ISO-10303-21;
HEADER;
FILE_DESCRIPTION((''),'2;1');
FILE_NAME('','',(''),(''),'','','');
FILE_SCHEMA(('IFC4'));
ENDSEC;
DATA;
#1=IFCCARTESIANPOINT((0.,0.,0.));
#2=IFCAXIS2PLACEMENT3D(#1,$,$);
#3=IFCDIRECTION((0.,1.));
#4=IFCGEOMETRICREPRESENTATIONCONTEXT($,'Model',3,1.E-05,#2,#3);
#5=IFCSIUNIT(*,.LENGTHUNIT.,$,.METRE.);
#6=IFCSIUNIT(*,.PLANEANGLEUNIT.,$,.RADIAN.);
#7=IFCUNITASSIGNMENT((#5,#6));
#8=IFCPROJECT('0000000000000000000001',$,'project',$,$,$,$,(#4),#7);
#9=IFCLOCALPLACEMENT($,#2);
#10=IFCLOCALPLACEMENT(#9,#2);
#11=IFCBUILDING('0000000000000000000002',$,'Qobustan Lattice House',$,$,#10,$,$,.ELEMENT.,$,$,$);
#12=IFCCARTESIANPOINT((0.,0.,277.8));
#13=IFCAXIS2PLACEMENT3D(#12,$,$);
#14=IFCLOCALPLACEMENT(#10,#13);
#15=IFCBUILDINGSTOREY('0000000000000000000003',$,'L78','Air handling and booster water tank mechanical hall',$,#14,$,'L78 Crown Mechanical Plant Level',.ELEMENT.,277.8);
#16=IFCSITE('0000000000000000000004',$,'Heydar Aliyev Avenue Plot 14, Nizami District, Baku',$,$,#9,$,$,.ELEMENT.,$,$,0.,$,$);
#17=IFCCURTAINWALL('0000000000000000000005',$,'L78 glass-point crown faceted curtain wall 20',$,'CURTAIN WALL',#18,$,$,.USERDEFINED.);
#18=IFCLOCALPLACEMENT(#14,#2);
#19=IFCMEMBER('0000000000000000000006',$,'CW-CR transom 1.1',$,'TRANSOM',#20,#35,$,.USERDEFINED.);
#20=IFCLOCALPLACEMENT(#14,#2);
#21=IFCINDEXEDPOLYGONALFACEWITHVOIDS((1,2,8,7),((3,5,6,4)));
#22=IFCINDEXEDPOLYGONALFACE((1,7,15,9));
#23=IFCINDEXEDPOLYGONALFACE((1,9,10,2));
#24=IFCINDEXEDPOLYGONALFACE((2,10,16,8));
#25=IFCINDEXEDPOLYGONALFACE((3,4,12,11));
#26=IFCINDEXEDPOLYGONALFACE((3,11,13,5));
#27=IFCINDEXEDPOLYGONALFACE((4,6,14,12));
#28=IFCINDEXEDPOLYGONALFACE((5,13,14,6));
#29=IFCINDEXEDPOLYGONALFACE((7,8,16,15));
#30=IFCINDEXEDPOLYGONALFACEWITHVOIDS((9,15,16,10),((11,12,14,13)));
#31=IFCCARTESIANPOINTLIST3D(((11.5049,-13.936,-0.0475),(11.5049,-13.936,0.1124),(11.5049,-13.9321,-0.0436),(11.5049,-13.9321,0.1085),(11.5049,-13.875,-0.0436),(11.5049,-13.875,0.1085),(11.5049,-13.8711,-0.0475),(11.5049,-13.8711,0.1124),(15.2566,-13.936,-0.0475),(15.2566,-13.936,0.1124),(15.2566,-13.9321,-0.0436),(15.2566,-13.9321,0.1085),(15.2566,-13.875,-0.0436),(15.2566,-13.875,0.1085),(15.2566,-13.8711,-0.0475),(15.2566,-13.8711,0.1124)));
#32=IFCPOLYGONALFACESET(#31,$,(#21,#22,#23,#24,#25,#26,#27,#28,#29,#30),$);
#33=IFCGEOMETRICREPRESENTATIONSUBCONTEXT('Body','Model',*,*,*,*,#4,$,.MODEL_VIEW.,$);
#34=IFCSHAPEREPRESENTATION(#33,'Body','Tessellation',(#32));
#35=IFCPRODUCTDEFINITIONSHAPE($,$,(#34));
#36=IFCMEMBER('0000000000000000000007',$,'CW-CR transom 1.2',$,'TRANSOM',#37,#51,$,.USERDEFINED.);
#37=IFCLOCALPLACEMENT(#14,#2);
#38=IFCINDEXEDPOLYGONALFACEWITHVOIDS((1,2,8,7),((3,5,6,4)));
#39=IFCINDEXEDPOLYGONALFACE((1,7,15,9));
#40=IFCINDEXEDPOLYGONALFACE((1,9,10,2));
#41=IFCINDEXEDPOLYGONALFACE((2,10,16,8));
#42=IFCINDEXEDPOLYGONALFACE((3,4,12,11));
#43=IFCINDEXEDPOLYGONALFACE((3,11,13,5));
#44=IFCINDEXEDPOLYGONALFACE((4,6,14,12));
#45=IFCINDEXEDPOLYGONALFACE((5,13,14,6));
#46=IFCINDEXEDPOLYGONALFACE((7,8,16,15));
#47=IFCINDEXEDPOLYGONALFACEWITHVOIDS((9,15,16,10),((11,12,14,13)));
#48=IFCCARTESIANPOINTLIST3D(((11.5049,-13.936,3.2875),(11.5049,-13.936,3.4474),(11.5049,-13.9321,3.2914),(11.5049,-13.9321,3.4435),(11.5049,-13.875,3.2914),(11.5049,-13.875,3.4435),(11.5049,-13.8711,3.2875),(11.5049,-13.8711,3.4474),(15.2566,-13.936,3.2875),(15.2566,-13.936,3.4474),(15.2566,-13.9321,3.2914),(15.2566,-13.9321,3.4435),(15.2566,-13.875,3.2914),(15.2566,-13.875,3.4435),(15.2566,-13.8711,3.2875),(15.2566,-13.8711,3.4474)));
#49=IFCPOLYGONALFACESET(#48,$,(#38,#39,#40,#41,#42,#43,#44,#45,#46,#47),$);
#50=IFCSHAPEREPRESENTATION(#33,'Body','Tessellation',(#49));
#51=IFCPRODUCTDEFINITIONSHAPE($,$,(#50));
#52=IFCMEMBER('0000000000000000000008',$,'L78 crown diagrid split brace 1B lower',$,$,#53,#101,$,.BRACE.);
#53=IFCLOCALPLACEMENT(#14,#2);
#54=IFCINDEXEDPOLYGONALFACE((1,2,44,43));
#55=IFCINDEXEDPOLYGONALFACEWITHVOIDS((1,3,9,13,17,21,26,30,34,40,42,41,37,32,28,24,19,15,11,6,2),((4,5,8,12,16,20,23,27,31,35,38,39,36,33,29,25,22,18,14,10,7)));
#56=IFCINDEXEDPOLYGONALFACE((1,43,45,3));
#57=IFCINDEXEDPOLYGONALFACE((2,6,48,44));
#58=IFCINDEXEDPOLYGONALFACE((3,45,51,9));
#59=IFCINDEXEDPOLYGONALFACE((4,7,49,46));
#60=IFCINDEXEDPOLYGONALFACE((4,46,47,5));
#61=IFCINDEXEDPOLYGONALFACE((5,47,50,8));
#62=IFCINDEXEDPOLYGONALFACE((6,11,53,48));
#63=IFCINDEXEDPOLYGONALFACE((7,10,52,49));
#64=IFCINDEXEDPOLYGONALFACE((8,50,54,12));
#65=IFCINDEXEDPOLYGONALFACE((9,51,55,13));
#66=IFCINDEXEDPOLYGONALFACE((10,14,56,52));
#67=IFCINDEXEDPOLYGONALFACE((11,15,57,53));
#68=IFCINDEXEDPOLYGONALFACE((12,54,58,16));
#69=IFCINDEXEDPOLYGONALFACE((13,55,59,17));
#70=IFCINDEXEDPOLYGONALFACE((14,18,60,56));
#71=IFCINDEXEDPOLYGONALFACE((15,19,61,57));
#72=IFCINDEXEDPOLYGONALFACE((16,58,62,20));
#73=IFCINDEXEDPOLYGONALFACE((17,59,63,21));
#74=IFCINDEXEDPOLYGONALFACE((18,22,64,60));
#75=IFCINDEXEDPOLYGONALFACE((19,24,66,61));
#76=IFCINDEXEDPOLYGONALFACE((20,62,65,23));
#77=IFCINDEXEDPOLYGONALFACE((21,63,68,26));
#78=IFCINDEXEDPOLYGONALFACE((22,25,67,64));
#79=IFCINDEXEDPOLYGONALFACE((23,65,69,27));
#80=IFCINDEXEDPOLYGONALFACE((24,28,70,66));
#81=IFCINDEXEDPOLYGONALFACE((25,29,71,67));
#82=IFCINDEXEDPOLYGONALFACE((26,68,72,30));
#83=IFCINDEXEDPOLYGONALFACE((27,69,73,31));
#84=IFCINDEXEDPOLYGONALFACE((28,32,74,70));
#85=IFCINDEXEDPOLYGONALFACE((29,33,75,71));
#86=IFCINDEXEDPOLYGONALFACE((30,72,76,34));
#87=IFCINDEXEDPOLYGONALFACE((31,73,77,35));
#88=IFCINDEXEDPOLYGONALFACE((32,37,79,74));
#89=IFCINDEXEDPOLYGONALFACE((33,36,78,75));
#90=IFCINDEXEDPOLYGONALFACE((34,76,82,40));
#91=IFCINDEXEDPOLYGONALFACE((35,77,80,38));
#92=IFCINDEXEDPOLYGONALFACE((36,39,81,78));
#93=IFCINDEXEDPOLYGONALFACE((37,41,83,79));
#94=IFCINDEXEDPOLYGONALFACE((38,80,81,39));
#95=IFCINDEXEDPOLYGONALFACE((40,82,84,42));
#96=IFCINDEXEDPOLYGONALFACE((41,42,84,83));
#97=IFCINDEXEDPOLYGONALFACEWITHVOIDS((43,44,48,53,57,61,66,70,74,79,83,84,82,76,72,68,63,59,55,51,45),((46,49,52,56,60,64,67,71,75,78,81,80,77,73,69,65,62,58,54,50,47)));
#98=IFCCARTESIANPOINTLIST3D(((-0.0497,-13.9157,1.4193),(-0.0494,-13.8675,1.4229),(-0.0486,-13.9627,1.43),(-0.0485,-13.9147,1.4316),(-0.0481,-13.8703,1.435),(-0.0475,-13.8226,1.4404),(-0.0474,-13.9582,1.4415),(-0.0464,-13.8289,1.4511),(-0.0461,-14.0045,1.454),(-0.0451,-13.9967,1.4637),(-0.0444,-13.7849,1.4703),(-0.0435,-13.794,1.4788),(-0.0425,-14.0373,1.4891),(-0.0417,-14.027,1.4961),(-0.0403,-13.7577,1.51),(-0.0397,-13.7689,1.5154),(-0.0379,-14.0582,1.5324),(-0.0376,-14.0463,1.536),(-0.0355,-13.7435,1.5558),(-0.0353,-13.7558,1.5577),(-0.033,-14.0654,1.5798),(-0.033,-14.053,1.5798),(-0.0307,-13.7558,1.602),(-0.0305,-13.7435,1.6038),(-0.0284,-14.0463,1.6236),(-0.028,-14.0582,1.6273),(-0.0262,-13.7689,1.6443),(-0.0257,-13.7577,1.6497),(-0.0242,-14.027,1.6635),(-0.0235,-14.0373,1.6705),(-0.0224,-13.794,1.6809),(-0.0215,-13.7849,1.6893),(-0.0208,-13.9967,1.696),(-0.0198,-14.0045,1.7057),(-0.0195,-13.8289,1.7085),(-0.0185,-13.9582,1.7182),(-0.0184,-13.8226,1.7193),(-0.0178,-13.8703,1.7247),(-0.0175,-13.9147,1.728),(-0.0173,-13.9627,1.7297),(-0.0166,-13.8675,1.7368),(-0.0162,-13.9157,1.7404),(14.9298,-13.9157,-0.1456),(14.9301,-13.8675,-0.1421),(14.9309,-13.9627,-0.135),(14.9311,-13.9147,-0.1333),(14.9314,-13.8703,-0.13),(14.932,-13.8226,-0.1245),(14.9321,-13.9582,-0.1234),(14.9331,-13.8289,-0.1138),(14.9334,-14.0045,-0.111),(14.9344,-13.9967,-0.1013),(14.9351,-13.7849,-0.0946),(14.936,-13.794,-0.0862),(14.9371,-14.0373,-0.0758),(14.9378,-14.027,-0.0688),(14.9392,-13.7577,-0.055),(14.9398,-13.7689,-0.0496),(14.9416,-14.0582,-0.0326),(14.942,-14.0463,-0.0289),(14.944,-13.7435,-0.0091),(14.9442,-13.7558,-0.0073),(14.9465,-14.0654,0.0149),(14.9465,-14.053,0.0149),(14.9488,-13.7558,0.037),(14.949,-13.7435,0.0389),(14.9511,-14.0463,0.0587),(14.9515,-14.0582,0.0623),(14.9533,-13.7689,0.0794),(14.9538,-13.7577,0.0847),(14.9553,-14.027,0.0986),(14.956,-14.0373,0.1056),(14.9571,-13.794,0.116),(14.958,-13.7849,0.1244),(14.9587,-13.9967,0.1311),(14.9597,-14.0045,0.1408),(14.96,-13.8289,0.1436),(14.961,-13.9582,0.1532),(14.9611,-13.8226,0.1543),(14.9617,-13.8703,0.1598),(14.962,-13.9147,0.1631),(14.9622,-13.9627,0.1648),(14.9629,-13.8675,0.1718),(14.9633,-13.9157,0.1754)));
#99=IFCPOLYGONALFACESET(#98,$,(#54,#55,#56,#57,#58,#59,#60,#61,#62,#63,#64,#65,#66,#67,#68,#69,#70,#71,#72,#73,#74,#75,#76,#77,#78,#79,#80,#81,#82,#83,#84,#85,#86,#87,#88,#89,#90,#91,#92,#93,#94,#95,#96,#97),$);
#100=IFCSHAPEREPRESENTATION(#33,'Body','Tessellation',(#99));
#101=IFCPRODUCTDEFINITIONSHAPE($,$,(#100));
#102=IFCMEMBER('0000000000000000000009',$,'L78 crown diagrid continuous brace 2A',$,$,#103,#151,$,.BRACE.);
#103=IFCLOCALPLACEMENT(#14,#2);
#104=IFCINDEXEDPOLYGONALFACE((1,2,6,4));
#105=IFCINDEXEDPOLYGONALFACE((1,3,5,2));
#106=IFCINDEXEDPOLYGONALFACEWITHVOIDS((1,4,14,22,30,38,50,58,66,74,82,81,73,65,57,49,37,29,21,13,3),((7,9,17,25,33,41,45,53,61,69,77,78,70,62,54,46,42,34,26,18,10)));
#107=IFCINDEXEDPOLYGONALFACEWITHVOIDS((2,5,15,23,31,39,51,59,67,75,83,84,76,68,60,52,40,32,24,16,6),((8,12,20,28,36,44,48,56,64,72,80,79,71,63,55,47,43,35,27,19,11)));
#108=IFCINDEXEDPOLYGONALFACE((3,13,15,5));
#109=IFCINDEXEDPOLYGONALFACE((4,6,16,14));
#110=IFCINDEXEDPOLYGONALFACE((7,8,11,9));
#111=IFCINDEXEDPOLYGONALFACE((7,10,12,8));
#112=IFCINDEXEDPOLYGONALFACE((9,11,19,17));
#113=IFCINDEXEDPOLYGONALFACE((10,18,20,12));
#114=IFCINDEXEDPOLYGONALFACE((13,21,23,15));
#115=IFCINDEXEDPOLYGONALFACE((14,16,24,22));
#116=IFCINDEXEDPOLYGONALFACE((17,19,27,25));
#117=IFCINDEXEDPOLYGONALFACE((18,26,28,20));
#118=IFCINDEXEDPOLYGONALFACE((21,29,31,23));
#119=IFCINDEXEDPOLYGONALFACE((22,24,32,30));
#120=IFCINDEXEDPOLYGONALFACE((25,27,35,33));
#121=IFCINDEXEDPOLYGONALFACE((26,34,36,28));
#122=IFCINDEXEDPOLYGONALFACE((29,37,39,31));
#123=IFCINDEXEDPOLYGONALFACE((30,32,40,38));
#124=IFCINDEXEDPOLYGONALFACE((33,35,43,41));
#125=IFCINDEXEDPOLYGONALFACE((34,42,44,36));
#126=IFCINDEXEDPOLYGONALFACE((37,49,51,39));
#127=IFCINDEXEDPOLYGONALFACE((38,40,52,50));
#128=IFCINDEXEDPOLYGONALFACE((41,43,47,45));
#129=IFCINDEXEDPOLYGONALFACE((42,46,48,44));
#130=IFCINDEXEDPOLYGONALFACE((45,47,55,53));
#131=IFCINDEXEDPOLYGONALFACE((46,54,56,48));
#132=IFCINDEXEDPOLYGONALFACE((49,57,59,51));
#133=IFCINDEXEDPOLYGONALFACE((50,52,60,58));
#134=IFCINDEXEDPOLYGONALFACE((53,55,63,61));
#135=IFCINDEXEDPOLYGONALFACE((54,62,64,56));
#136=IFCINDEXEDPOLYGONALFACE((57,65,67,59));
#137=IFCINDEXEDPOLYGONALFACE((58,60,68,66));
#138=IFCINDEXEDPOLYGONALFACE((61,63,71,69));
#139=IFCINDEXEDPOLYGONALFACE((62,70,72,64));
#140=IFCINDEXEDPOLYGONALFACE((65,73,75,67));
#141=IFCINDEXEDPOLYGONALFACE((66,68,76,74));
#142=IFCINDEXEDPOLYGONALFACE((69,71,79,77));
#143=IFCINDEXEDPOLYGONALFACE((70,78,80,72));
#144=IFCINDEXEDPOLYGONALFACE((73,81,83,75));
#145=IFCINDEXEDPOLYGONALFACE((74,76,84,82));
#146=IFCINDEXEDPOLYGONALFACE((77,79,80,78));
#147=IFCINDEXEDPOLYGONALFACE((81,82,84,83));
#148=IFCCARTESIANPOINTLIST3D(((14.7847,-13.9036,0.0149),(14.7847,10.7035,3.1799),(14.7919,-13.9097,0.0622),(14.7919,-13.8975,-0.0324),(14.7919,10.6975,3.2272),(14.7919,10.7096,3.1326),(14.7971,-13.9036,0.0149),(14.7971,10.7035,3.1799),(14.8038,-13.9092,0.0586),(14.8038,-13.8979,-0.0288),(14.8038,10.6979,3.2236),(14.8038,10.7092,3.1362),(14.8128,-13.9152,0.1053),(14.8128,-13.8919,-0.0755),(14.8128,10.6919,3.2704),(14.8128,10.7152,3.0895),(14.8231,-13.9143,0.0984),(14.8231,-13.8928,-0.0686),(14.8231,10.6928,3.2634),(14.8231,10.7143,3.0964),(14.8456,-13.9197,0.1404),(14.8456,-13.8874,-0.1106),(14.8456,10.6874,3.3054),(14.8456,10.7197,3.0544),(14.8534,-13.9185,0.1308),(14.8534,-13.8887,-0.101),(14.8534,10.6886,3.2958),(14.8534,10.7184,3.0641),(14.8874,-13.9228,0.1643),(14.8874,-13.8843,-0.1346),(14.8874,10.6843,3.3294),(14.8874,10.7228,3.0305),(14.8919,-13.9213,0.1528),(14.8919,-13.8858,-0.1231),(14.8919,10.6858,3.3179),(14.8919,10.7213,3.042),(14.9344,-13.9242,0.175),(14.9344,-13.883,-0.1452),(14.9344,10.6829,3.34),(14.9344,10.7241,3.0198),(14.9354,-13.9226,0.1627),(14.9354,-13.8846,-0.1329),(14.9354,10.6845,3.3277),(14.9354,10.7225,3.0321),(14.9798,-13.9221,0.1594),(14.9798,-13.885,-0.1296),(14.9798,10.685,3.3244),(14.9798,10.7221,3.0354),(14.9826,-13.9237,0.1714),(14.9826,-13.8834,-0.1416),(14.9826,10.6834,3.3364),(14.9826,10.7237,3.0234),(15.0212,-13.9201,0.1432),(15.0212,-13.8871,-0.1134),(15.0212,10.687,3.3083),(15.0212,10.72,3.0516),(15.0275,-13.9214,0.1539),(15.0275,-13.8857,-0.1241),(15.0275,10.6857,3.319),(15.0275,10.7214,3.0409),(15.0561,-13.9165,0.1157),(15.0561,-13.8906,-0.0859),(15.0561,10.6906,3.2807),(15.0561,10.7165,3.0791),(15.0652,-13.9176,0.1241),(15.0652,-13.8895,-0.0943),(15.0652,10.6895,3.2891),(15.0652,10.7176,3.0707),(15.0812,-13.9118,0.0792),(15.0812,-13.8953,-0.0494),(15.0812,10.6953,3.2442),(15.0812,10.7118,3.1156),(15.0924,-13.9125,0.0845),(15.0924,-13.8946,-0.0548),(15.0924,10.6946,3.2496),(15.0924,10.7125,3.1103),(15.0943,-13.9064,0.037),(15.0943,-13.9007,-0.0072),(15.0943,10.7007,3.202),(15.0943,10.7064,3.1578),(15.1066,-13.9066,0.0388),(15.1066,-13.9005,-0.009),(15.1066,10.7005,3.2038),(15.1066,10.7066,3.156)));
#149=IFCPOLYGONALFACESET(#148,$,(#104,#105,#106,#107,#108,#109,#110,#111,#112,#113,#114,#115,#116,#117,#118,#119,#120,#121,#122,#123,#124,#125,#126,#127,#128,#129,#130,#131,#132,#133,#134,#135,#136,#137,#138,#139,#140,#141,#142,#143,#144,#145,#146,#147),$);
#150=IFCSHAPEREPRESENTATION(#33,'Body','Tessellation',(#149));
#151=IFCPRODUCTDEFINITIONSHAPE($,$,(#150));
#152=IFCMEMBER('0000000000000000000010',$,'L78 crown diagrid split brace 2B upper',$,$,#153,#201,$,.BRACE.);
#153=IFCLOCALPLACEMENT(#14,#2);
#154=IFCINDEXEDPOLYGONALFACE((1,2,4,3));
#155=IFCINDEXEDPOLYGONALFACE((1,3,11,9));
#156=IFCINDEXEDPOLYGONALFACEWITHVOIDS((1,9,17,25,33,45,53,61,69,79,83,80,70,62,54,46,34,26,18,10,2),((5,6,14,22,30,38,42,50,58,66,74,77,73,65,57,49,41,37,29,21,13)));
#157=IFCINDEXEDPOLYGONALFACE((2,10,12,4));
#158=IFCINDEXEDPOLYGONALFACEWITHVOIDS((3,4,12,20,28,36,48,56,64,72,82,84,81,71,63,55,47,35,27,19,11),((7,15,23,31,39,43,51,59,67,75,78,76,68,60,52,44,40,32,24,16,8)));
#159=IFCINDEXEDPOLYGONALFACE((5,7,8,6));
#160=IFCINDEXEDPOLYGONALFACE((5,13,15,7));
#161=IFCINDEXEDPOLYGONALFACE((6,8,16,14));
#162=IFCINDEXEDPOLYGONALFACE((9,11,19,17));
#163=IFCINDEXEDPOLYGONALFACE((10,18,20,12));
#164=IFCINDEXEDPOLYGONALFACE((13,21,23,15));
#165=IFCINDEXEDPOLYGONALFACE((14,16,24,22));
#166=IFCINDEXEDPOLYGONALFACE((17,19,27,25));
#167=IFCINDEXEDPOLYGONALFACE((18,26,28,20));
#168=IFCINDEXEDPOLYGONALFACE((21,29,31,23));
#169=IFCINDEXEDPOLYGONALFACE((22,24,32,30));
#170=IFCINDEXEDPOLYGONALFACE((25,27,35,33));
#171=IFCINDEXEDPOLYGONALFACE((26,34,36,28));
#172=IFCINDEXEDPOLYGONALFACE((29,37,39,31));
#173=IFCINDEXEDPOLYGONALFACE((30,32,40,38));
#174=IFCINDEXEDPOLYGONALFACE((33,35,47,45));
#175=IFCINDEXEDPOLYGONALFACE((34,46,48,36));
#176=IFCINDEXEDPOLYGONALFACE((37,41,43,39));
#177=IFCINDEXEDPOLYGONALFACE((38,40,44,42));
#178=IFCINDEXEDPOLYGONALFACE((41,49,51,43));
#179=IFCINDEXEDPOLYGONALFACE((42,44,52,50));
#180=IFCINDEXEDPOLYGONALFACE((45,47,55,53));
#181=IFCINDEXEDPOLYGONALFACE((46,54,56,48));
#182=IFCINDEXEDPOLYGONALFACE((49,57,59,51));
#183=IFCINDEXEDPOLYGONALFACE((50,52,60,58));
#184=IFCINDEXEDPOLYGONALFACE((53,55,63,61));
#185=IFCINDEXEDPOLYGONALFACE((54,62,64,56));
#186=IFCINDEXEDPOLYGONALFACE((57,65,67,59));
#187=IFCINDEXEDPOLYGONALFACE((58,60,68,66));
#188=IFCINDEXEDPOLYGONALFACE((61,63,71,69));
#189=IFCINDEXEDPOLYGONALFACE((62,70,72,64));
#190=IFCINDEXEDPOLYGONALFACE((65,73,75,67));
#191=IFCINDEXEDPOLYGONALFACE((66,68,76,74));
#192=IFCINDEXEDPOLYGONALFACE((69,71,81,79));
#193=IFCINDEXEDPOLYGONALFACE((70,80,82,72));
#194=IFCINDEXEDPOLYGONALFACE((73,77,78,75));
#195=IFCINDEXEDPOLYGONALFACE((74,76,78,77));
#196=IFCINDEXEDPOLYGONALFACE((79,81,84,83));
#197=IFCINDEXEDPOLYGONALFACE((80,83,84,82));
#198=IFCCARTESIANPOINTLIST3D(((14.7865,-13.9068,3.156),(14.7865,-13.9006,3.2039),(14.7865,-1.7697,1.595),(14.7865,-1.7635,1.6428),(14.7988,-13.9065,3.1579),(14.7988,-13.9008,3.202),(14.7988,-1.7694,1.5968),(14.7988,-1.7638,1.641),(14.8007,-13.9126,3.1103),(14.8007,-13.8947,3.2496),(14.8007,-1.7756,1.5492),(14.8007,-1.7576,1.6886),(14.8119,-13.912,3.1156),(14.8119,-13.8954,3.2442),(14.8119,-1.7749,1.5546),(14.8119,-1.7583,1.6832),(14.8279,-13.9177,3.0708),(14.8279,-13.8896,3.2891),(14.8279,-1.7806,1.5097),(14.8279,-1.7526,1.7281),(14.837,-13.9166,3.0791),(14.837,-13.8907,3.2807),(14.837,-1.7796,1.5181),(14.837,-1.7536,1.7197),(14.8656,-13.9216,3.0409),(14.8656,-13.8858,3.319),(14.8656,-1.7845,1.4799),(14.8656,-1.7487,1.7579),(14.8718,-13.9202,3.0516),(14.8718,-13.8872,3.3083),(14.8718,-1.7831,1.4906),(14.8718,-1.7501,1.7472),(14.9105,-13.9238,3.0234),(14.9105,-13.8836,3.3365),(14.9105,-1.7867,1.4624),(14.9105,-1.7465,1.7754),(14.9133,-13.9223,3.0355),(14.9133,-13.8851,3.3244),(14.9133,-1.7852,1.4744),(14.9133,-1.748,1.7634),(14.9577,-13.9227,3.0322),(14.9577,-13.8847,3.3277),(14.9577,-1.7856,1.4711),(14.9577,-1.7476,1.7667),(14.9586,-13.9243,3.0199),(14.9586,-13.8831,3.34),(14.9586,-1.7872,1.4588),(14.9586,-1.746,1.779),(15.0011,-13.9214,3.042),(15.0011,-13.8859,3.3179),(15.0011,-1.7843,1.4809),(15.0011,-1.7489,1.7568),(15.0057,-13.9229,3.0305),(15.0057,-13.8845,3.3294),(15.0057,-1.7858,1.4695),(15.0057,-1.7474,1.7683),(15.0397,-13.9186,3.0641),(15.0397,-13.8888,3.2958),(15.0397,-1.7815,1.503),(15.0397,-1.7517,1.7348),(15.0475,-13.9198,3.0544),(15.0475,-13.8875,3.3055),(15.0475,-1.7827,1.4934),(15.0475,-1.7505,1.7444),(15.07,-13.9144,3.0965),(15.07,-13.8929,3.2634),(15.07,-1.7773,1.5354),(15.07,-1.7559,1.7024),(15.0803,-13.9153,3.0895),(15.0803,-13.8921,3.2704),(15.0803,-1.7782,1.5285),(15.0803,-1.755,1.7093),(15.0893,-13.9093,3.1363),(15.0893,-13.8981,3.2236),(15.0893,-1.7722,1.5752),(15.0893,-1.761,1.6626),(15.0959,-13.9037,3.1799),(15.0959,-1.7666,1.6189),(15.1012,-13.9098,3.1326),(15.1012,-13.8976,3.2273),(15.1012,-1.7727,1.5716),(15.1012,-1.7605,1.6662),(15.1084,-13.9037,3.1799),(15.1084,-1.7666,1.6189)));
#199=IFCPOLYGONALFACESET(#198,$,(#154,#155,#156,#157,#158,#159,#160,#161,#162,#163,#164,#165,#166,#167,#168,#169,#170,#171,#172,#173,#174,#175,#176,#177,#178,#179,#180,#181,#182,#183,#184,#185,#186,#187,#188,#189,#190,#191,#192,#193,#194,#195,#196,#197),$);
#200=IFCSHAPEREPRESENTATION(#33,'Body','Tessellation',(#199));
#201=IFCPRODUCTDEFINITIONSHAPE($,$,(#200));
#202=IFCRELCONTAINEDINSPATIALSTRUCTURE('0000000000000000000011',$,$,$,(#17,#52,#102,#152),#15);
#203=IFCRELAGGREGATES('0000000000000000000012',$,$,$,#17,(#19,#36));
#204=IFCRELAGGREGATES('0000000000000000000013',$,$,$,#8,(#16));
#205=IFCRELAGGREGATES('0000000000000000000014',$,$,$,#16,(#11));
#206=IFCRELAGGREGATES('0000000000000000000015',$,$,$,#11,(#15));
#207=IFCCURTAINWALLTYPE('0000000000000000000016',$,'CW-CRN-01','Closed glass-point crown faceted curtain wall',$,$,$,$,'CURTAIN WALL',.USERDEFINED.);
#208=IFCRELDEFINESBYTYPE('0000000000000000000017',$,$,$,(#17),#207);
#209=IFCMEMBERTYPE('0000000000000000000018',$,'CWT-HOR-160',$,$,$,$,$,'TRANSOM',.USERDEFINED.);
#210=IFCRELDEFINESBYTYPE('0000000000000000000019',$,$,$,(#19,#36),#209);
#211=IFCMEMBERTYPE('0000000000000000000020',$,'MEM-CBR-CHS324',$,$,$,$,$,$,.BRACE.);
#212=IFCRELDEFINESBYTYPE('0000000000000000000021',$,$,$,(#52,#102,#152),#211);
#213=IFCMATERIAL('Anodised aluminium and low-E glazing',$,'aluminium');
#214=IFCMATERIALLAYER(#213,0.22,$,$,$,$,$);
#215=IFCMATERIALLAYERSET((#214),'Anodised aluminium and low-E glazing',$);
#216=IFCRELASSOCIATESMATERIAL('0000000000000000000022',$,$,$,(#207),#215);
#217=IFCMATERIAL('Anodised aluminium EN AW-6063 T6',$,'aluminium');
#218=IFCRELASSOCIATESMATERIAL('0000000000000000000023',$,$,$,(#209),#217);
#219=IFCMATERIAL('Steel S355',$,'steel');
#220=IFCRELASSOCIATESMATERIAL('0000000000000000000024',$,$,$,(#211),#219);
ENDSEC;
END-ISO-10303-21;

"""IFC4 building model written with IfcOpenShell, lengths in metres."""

from ifc_helpers import new_model, si_unit, direction, frame, origin, origin_2d, place, context, subcontext, project, spatial, hollow_rectangle, hollow_circle, extrude, material, layer, layer_set, material_profile, profile_set, type_object, element, aggregate, save


model = new_model("IFC4")

# Units and contexts
model_context = context("Model", 3, precision=1e-05, world=origin(), true_north=direction((0.0, 1.0)))
body_context = subcontext(model_context, "Body", "Model", "MODEL_VIEW")
ifc_project = project(units=[si_unit("LENGTHUNIT", "METRE"), si_unit("PLANEANGLEUNIT", "RADIAN")], contexts=[model_context])

# Site, building, storey
site_placement = place(None, origin())
site = spatial("IfcSite", under=ifc_project, at=site_placement, Name="Heydar Aliyev Avenue Plot 14, Nizami District, Baku", CompositionType="ELEMENT", RefElevation=0.0)
building_placement = place(site_placement, origin())
building = spatial("IfcBuilding", under=site, at=building_placement, Name="Qobustan Lattice House", CompositionType="ELEMENT")
storey_placement = place(building_placement, frame((0.0, 0.0, 277.8)))
storey = spatial("IfcBuildingStorey", under=building, at=storey_placement, Name="L78", Description="Air handling and booster water tank mechanical hall", LongName="L78 Crown Mechanical Plant Level", CompositionType="ELEMENT", Elevation=277.8)

# Shared definitions
ifc_material_1 = material(Name="Anodised aluminium and low-E glazing", Category="aluminium")
ifc_layer_1 = layer(ifc_material_1, 0.22)
ifc_layer_set_1 = layer_set([ifc_layer_1], Name="Anodised aluminium and low-E glazing")
curtain_wall_type = type_object("IfcCurtainWallType", Name="CW-CRN-01", Description="Closed glass-point crown faceted curtain wall", ElementType="CURTAIN WALL", PredefinedType="USERDEFINED", material=ifc_layer_set_1)

# Curtain wall
curtain_wall_1_placement = place(storey_placement, origin())
curtain_wall_1 = element("IfcCurtainWall", 1, at=curtain_wall_1_placement, inside=storey, type_object=curtain_wall_type, Name="L78 glass-point crown faceted curtain wall 20", ObjectType="CURTAIN WALL", PredefinedType="USERDEFINED")

# Members
ifc_material_2 = material(Name="Anodised aluminium EN AW-6063 T6", Category="aluminium")
ifc_material_profile_1 = material_profile(ifc_material_2, hollow_rectangle(XDim=0.0649, YDim=0.1599, WallThickness=0.0039, at=origin_2d()), Name="CWT-160x65")
ifc_profile_set_1 = profile_set([ifc_material_profile_1], Name="Anodised aluminium EN AW-6063 T6")
member_type_1 = type_object("IfcMemberType", Name="CWT-HOR-160", ElementType="TRANSOM", PredefinedType="USERDEFINED", material=ifc_profile_set_1)
member_1_placement = place(storey_placement, frame((15.2566, -13.9036, 0.0325), z_axis=(-1.0, 0.0, 0.0), x_axis=(0.0, -1.0, 0.0)))
member_1 = element("IfcMember", 2, at=member_1_placement, type_object=member_type_1, Name="CW-CR transom 1.1", ObjectType="TRANSOM", PredefinedType="USERDEFINED", context=body_context, shape_type="SweptSolid", body=[
    extrude(hollow_rectangle(XDim=0.0649, YDim=0.1599, WallThickness=0.0039, at=origin_2d()), origin(), (0.0, 0.0, 1.0), 3.7517),
])
member_2_placement = place(storey_placement, frame((15.2566, -13.9036, 3.3674), z_axis=(-1.0, 0.0, 0.0), x_axis=(0.0, -1.0, 0.0)))
member_2 = element("IfcMember", 3, at=member_2_placement, type_object=member_type_1, Name="CW-CR transom 1.2", ObjectType="TRANSOM", PredefinedType="USERDEFINED", context=body_context, shape_type="SweptSolid", body=[
    extrude(hollow_rectangle(XDim=0.0649, YDim=0.1599, WallThickness=0.0039, at=origin_2d()), origin(), (0.0, 0.0, 1.0), 3.7517),
])
aggregate(curtain_wall_1, [member_1, member_2])

# Members
ifc_material_3 = material(Name="Steel S355", Category="steel")
ifc_material_profile_2 = material_profile(ifc_material_3, hollow_circle(Radius=0.1619, WallThickness=0.0125, at=origin_2d()), Name="CHS323.9x12.5")
ifc_profile_set_2 = profile_set([ifc_material_profile_2], Name="Steel S355")
member_type_2 = type_object("IfcMemberType", Name="MEM-CBR-CHS324", PredefinedType="BRACE", material=ifc_profile_set_2)
member_3_placement = place(storey_placement, frame((14.9465, -13.9036, 0.0149), z_axis=(-0.994587, 0.0, 0.103907), x_axis=(0.0, -1.0, 0.0)))
element("IfcMember", 4, at=member_3_placement, inside=storey, type_object=member_type_2, Name="L78 crown diagrid split brace 1B lower", PredefinedType="BRACE", context=body_context, shape_type="SweptSolid", body=[
    extrude(hollow_circle(Radius=0.1619, WallThickness=0.0125, at=origin_2d()), origin(), (0.0, 0.0, 1.0), 15.061),
])
member_4_placement = place(storey_placement, frame((14.9465, -13.9036, 0.0149), z_axis=(0.0, 0.991829, 0.127572), x_axis=(-1.0, 0.0, 0.0)))
element("IfcMember", 5, at=member_4_placement, inside=storey, type_object=member_type_2, Name="L78 crown diagrid continuous brace 2A", PredefinedType="BRACE", context=body_context, shape_type="SweptSolid", body=[
    extrude(hollow_circle(Radius=0.1619, WallThickness=0.0125, at=origin_2d()), origin(), (0.0, 0.0, 1.0), 24.8098),
])
member_5_placement = place(storey_placement, frame((14.9465, -1.7666, 1.6189), z_axis=(0.0, -0.99183, 0.127567), x_axis=(1.0, 0.0, 0.0)))
element("IfcMember", 6, at=member_5_placement, inside=storey, type_object=member_type_2, Name="L78 crown diagrid split brace 2B upper", PredefinedType="BRACE", context=body_context, shape_type="SweptSolid", body=[
    extrude(hollow_circle(Radius=0.1619, WallThickness=0.0125, at=origin_2d()), origin(), (0.0, 0.0, 1.0), 12.2371),
])

save(model, "model.ifc")
